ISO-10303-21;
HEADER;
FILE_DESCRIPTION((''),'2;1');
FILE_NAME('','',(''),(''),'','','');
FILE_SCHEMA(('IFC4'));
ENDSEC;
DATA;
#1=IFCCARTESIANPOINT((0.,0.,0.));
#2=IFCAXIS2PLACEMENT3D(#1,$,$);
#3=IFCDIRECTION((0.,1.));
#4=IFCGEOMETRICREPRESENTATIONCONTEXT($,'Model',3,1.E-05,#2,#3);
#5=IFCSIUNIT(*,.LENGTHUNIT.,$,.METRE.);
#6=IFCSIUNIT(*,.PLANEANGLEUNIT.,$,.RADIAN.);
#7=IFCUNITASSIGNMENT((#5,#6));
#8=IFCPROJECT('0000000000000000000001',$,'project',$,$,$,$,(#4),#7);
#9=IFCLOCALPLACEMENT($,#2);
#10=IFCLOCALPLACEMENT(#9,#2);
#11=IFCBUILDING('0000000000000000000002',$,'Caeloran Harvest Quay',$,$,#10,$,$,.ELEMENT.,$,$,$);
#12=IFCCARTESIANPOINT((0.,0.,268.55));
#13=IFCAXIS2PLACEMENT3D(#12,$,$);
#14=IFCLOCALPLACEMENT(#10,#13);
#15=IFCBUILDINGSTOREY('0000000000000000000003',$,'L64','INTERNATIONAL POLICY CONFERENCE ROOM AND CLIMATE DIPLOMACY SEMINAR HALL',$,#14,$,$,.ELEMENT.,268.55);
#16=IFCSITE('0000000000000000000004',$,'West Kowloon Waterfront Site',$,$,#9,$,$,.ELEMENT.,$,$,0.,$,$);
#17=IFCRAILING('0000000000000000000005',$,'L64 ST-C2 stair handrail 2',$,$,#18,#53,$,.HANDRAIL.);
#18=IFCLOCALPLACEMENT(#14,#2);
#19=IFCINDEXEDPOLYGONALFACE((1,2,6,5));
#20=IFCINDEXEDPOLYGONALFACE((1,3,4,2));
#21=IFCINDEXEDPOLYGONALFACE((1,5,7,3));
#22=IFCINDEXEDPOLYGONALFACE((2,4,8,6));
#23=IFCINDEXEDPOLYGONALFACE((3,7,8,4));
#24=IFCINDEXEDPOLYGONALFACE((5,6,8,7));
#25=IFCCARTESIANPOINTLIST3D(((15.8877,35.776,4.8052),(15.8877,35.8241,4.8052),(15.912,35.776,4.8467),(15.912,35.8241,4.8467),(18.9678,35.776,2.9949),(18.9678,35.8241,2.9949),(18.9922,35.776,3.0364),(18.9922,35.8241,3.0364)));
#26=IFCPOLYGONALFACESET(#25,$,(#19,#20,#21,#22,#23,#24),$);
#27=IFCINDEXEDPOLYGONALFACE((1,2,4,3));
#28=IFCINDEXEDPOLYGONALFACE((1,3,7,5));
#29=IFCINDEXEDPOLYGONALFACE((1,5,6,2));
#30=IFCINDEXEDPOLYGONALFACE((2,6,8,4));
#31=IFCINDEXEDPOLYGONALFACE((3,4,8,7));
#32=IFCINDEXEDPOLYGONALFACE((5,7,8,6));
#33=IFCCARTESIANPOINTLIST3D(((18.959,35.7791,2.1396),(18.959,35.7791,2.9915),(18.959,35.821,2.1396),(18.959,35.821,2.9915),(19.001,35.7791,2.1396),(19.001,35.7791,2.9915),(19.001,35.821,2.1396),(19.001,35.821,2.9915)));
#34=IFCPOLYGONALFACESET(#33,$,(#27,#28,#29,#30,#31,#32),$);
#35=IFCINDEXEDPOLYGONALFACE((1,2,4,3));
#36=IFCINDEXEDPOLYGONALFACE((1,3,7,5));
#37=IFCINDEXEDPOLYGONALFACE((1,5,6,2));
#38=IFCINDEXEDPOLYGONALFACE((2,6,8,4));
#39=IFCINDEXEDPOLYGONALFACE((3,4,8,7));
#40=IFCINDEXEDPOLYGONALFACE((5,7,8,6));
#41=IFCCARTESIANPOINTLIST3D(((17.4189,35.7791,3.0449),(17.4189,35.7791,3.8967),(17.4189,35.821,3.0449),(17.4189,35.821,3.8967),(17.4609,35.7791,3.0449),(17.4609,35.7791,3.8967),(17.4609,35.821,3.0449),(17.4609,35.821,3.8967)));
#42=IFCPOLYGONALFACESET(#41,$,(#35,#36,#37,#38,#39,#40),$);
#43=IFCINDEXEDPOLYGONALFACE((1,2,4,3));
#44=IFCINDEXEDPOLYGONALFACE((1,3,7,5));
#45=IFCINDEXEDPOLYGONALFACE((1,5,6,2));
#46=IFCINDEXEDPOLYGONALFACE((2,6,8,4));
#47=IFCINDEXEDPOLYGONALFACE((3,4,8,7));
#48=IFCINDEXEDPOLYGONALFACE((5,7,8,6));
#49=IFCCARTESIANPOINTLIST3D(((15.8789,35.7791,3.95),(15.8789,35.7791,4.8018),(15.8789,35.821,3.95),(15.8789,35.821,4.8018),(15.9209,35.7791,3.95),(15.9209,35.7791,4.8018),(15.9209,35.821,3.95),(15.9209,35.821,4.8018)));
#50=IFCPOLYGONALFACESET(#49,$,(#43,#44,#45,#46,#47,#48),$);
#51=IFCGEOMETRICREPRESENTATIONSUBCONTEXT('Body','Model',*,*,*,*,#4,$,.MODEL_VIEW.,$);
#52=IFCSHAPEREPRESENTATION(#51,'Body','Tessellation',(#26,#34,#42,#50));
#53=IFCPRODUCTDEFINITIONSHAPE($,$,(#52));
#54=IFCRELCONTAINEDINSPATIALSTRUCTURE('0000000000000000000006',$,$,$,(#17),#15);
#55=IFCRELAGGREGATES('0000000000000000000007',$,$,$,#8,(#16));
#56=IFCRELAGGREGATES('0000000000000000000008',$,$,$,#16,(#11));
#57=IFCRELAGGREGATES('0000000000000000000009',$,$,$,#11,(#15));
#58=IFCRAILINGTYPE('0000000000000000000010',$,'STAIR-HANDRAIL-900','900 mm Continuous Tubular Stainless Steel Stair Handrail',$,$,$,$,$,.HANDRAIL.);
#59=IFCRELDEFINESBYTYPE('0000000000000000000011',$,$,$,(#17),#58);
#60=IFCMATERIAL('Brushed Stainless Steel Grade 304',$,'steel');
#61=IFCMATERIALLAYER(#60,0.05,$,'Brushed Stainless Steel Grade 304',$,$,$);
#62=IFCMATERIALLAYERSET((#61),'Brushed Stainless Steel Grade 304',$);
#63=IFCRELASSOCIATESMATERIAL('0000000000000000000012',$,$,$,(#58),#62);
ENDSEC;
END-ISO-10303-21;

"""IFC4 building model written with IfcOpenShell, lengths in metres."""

from ifc_helpers import new_model, si_unit, direction, frame, origin, origin_2d, place, context, subcontext, project, spatial, rectangle, extrude, material, layer, layer_set, type_object, element, save


model = new_model("IFC4")

# Units and contexts
model_context = context("Model", 3, precision=1e-05, world=origin(), true_north=direction((0.0, 1.0)))
body_context = subcontext(model_context, "Body", "Model", "MODEL_VIEW")
ifc_project = project(units=[si_unit("LENGTHUNIT", "METRE"), si_unit("PLANEANGLEUNIT", "RADIAN")], contexts=[model_context])

# Site, building, storey
site_placement = place(None, origin())
site = spatial("IfcSite", under=ifc_project, at=site_placement, Name="West Kowloon Waterfront Site", CompositionType="ELEMENT", RefElevation=0.0)
building_placement = place(site_placement, origin())
building = spatial("IfcBuilding", under=site, at=building_placement, Name="Caeloran Harvest Quay", CompositionType="ELEMENT")
storey_placement = place(building_placement, frame((0.0, 0.0, 268.55)))
storey = spatial("IfcBuildingStorey", under=building, at=storey_placement, Name="L64", Description="INTERNATIONAL POLICY CONFERENCE ROOM AND CLIMATE DIPLOMACY SEMINAR HALL", CompositionType="ELEMENT", Elevation=268.55)

# Railing
ifc_material_1 = material(Name="Brushed Stainless Steel Grade 304", Category="steel")
ifc_layer_1 = layer(ifc_material_1, 0.05, Name="Brushed Stainless Steel Grade 304")
ifc_layer_set_1 = layer_set([ifc_layer_1], Name="Brushed Stainless Steel Grade 304")
railing_type_1 = type_object("IfcRailingType", Name="STAIR-HANDRAIL-900", Description="900 mm Continuous Tubular Stainless Steel Stair Handrail", PredefinedType="HANDRAIL", material=ifc_layer_set_1)
railing_1_placement = place(storey_placement, frame((18.98, 35.8, 2.1396)))
element("IfcRailing", 1, at=railing_1_placement, inside=storey, type_object=railing_type_1, Name="L64 ST-C2 stair handrail 2", PredefinedType="HANDRAIL", context=body_context, shape_type="SweptSolid", body=[
    extrude(rectangle(XDim=0.0481, YDim=0.0481, at=origin_2d()), frame((0.0, 0.0, 0.876), z_axis=(-0.862119, 0.0, 0.506707), x_axis=(0.0, -1.0, 0.0)), (0.0, 0.0, 1.0), 3.5728),
    extrude(rectangle(XDim=0.042, YDim=0.042, at=origin_2d()), origin(), (0.0, 0.0, 1.0), 0.8518),
    extrude(rectangle(XDim=0.042, YDim=0.042, at=origin_2d()), frame((-1.54, 0.0, 0.9053)), (0.0, 0.0, 1.0), 0.8518),
    extrude(rectangle(XDim=0.042, YDim=0.042, at=origin_2d()), frame((-3.0801, 0.0, 1.8103)), (0.0, 0.0, 1.0), 0.8518),
])

save(model, "model.ifc")
